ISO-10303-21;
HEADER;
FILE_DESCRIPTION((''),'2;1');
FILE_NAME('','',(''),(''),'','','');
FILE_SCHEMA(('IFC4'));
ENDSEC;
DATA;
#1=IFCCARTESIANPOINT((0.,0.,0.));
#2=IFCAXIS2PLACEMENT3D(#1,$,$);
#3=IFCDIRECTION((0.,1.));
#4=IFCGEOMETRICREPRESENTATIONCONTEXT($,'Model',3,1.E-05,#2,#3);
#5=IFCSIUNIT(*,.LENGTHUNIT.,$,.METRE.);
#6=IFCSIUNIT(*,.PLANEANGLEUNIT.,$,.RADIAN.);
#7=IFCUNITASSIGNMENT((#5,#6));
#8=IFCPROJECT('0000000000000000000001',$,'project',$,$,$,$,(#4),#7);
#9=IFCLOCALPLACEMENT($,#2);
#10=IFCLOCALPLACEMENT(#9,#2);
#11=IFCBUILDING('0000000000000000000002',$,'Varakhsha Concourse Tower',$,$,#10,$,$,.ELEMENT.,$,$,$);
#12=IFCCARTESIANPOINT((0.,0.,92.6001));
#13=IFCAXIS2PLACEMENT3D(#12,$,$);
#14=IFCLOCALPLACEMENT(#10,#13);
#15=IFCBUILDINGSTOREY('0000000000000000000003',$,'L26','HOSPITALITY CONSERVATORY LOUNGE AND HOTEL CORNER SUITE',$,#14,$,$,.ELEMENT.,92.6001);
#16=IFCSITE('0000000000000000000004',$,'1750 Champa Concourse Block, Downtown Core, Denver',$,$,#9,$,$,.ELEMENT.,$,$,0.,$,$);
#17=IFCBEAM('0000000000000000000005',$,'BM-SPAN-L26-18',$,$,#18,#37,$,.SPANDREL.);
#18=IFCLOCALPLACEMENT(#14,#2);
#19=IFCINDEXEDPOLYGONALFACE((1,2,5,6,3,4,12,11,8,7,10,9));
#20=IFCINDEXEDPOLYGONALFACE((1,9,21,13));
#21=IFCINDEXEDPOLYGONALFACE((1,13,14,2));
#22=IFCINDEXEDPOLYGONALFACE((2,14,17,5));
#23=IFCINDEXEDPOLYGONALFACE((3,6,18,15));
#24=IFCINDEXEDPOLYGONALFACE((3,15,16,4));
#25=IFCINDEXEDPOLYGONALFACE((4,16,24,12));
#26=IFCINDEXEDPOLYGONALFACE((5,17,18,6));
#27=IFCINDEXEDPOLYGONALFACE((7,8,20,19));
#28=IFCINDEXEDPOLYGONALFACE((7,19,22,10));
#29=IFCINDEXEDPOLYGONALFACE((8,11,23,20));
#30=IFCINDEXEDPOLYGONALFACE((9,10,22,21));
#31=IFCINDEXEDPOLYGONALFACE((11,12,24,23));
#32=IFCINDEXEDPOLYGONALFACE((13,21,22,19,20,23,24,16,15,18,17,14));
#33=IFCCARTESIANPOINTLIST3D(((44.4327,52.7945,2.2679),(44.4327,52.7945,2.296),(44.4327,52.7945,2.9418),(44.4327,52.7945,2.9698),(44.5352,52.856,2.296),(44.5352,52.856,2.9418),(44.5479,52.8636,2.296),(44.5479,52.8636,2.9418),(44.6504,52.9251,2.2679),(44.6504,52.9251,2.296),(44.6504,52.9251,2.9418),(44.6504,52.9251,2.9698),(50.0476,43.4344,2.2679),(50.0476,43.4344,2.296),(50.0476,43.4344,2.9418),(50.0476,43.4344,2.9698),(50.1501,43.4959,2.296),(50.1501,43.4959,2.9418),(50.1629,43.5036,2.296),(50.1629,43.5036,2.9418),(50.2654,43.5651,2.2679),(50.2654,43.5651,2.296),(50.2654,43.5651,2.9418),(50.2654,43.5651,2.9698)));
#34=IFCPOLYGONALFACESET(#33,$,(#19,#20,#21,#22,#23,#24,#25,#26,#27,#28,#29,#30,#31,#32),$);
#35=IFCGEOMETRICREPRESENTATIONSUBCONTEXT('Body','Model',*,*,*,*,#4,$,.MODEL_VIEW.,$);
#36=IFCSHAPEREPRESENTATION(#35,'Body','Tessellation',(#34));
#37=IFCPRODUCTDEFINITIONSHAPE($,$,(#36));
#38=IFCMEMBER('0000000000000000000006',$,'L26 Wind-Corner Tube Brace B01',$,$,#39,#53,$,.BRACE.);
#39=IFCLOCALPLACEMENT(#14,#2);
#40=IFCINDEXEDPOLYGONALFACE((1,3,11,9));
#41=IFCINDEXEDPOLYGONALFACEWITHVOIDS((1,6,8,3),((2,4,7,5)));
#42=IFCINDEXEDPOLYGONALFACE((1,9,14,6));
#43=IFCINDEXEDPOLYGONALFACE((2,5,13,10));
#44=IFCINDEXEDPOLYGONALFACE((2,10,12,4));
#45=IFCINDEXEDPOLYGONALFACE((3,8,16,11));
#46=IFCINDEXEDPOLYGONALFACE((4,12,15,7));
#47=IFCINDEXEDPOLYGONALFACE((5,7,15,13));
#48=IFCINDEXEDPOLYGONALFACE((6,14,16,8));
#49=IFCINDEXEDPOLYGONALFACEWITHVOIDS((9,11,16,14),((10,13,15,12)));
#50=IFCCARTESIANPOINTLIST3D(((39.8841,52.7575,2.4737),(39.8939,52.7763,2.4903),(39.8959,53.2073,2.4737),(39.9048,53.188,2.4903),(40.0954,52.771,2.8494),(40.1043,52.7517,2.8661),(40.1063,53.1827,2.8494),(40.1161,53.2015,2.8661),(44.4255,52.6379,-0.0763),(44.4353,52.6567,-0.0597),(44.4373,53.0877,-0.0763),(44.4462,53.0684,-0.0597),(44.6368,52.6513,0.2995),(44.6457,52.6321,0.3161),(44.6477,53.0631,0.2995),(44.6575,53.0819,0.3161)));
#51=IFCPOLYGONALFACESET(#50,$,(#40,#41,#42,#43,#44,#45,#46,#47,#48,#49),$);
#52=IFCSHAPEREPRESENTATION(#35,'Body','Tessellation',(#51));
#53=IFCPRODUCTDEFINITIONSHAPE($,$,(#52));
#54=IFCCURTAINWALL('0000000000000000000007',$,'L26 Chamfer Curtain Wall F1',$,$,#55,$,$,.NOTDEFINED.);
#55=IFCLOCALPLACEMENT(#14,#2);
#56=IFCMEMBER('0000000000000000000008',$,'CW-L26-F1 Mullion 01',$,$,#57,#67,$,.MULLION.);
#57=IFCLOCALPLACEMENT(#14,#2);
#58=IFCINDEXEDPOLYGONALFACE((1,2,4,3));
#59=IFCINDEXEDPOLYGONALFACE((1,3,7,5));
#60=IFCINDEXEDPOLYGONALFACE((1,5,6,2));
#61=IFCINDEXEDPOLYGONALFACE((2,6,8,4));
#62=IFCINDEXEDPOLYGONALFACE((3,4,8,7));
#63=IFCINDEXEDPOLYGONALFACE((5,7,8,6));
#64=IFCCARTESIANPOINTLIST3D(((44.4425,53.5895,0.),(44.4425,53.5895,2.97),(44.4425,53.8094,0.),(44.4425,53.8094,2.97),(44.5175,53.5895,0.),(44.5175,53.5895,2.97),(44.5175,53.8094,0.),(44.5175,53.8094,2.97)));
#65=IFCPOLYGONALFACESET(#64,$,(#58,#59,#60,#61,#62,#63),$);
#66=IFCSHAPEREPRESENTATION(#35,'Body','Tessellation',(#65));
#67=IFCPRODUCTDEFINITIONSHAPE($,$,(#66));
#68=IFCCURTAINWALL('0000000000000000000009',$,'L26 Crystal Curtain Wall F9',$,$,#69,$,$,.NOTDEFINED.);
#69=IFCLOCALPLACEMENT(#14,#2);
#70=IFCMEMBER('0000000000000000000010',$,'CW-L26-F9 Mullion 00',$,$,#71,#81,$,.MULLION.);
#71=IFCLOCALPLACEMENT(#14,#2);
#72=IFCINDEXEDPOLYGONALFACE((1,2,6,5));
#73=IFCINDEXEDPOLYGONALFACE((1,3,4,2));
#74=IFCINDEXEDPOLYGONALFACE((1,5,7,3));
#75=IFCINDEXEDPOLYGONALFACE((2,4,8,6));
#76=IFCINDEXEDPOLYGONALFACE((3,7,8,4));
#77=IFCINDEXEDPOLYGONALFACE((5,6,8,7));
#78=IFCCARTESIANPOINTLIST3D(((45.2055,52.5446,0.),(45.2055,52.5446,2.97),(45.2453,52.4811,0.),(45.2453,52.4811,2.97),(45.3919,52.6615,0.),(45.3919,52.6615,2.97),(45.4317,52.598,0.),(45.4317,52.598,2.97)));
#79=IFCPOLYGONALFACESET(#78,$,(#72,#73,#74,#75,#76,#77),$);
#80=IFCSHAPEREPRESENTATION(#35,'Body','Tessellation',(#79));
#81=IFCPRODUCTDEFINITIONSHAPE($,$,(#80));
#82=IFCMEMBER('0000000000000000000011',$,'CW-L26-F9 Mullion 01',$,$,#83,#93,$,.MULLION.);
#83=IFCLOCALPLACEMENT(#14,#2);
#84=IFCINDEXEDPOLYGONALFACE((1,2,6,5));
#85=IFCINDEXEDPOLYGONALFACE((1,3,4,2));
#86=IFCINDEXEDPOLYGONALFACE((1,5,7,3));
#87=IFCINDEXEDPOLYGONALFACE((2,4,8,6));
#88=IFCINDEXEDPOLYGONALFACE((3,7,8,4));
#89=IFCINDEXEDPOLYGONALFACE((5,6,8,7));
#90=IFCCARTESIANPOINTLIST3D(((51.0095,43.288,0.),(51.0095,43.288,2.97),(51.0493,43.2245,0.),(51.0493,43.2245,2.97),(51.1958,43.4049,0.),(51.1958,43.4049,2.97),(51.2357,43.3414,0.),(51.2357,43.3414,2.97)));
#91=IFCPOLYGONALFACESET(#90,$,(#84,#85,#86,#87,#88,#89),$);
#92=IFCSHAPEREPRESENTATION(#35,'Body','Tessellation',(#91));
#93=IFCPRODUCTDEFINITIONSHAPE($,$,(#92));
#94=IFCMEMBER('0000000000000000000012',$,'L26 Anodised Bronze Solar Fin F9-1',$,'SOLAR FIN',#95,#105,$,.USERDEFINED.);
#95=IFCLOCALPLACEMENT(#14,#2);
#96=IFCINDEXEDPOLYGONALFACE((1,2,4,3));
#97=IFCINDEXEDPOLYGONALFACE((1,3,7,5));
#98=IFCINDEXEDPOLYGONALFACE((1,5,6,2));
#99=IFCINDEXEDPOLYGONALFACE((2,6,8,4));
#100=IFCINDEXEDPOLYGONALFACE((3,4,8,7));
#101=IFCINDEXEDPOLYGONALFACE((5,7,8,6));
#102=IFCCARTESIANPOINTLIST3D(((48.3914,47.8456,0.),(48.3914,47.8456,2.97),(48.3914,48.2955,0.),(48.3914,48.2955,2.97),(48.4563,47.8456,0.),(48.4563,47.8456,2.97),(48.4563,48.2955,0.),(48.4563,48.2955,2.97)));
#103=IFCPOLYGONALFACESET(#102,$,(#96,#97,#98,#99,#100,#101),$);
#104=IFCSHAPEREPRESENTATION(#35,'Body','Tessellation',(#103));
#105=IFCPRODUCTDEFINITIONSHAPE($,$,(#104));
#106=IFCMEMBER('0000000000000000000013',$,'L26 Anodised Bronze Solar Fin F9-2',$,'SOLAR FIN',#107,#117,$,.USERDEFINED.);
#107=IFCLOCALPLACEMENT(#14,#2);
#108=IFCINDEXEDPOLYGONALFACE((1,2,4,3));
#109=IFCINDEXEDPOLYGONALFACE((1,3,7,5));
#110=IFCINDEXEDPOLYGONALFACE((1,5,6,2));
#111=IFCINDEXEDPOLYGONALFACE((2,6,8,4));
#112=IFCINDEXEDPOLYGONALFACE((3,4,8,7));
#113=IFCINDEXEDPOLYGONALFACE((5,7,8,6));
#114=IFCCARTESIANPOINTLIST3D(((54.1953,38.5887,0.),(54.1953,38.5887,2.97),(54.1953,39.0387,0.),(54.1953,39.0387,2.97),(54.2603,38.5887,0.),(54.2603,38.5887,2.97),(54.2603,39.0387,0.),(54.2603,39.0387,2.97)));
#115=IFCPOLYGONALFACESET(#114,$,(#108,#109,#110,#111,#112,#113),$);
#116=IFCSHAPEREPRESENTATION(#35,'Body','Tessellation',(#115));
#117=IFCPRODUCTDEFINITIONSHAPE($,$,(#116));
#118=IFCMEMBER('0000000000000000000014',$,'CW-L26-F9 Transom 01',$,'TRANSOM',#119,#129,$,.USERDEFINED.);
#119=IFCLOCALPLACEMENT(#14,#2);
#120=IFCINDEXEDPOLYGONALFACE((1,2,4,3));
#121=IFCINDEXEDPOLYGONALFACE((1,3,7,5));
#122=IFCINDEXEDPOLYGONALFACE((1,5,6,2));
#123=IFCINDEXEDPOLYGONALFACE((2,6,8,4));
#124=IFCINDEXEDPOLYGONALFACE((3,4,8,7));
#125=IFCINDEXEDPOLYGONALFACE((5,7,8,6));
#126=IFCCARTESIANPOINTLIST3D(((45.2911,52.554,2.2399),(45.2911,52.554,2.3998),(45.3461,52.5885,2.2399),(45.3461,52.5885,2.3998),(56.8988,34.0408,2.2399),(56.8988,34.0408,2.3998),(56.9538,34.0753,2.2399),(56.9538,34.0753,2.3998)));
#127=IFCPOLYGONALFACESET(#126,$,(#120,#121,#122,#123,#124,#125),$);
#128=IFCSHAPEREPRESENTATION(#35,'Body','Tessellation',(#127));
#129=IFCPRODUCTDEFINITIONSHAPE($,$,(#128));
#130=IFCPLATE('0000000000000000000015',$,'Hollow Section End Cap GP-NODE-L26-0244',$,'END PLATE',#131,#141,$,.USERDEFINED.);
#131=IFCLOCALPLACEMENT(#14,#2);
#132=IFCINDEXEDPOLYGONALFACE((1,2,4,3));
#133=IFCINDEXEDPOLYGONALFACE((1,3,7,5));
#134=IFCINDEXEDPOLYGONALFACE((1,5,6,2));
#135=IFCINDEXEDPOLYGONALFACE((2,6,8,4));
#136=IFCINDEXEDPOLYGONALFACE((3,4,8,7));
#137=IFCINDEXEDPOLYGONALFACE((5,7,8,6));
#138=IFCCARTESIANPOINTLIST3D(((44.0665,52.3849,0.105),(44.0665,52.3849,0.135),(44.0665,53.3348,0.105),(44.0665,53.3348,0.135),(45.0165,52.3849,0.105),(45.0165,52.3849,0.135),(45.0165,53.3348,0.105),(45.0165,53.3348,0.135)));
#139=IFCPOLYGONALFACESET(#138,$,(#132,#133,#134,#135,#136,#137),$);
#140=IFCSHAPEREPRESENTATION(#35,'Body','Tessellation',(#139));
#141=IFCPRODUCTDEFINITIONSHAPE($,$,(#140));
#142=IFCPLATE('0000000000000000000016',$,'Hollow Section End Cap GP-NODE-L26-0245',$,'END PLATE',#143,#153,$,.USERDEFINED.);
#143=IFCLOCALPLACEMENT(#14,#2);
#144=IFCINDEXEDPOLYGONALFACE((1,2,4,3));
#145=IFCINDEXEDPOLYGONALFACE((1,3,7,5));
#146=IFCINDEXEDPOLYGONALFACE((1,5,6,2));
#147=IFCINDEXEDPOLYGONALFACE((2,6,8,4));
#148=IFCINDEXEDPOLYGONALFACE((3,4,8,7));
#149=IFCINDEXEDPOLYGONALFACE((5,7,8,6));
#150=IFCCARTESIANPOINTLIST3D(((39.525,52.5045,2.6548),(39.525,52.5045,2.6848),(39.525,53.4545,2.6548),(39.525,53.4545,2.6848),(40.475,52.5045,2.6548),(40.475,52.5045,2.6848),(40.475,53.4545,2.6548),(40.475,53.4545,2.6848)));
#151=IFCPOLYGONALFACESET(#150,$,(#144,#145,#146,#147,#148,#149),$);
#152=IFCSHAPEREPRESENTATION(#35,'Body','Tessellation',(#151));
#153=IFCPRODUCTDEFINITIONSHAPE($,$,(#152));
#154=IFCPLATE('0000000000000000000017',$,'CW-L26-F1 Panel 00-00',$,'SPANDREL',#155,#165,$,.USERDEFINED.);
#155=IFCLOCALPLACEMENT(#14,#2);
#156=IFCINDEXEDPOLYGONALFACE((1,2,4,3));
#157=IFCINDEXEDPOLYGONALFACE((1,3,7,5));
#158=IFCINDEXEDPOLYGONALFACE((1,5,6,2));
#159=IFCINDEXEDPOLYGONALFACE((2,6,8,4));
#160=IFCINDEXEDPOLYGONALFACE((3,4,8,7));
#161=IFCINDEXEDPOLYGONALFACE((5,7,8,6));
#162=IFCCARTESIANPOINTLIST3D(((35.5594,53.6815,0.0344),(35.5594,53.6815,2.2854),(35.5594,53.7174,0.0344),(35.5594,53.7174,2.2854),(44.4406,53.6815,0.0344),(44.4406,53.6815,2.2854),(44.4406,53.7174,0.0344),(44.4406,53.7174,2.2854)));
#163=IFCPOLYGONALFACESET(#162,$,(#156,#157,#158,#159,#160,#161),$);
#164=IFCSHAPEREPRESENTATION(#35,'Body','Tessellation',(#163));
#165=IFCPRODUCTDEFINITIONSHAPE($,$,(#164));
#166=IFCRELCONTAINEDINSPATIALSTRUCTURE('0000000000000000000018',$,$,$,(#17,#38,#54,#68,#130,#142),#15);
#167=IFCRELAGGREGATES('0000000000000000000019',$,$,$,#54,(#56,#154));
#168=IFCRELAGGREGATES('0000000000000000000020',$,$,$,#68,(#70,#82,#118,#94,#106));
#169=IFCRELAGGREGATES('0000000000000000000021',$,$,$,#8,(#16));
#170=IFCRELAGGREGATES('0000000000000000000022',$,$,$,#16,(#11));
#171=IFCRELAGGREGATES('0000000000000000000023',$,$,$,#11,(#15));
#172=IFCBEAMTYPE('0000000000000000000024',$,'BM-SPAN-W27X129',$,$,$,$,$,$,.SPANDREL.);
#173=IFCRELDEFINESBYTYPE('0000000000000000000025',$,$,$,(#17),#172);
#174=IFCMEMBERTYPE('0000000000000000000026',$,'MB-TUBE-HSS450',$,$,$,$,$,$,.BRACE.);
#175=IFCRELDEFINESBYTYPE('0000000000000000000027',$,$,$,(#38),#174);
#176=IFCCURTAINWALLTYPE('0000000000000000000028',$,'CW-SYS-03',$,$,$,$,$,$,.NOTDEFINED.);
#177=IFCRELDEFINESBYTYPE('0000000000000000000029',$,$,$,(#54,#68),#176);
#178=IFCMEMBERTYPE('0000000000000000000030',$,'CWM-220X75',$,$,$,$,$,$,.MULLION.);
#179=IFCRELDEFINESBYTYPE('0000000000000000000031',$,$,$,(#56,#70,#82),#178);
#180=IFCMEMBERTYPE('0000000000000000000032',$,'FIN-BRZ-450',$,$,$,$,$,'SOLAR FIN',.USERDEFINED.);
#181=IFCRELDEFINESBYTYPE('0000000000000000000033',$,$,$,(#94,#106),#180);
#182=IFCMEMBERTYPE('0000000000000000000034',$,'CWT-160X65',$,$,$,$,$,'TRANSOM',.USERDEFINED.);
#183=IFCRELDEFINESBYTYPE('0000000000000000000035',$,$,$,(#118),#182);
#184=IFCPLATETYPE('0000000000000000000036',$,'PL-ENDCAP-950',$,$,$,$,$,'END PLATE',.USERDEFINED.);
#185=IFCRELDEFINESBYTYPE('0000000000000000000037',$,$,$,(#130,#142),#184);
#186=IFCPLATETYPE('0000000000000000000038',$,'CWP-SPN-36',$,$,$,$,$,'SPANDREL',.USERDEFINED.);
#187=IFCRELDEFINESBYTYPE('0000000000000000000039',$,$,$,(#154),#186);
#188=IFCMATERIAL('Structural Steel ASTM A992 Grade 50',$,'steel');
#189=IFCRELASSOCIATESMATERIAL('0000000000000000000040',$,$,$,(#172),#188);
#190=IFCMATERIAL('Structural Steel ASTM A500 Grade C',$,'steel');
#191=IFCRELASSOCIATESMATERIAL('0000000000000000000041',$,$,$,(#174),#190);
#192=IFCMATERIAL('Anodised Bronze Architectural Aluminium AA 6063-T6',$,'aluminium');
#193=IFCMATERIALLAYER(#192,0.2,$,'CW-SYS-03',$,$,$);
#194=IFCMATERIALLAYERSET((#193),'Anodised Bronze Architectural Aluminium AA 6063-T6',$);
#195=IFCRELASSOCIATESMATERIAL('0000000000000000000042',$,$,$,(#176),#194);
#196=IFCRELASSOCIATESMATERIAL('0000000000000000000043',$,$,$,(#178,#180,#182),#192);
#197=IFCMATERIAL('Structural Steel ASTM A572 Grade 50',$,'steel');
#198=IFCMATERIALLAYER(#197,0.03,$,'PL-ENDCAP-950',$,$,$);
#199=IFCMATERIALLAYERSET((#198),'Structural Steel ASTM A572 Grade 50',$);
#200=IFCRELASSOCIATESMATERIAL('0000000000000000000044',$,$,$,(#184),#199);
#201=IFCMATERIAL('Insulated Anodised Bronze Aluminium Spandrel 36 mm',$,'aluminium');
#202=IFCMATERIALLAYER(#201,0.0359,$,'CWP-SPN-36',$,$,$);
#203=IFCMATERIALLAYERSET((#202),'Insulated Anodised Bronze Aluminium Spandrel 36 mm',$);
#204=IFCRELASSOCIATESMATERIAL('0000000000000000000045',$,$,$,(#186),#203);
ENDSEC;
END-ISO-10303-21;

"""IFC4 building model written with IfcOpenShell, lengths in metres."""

from ifc_helpers import new_model, si_unit, direction, frame, origin, origin_2d, place, context, subcontext, project, spatial, rectangle, hollow_rectangle, i_section, extrude, source, transform, mapped, material, layer, layer_set, material_profile, profile_set, type_object, type_shapes, element, aggregate, save


model = new_model("IFC4")

# Units and contexts
model_context = context("Model", 3, precision=1e-05, world=origin(), true_north=direction((0.0, 1.0)))
body_context = subcontext(model_context, "Body", "Model", "MODEL_VIEW")
ifc_project = project(units=[si_unit("LENGTHUNIT", "METRE"), si_unit("PLANEANGLEUNIT", "RADIAN")], contexts=[model_context])

# Site, building, storey
site_placement = place(None, origin())
site = spatial("IfcSite", under=ifc_project, at=site_placement, Name="1750 Champa Concourse Block, Downtown Core, Denver", CompositionType="ELEMENT", RefElevation=0.0)
building_placement = place(site_placement, origin())
building = spatial("IfcBuilding", under=site, at=building_placement, Name="Varakhsha Concourse Tower", CompositionType="ELEMENT")
storey_placement = place(building_placement, frame((0.0, 0.0, 92.6001)))
storey = spatial("IfcBuildingStorey", under=building, at=storey_placement, Name="L26", Description="HOSPITALITY CONSERVATORY LOUNGE AND HOTEL CORNER SUITE", CompositionType="ELEMENT", Elevation=92.6001)

# Shared definitions
ifc_material_1 = material(Name="Structural Steel ASTM A992 Grade 50", Category="steel")
ifc_material_2 = material(Name="Structural Steel ASTM A572 Grade 50", Category="steel")

# Beam
ifc_material_profile_1 = material_profile(ifc_material_1, i_section(OverallWidth=0.2539, OverallDepth=0.7019, WebThickness=0.0149, FlangeThickness=0.0281, at=origin_2d()), Name="W27X129")
ifc_profile_set_1 = profile_set([ifc_material_profile_1], Name="Structural Steel ASTM A992 Grade 50")
beam_type_1 = type_object("IfcBeamType", Name="BM-SPAN-W27X129", PredefinedType="SPANDREL", material=ifc_profile_set_1)
beam_1_placement = place(storey_placement, frame((50.1565, 43.4998, 2.6189), z_axis=(-0.514423, 0.857536, 0.0), x_axis=(-0.857536, -0.514423, 0.0)))
element("IfcBeam", 1, at=beam_1_placement, inside=storey, type_object=beam_type_1, Name="BM-SPAN-L26-18", PredefinedType="SPANDREL", context=body_context, shape_type="SweptSolid", body=[
    extrude(i_section(OverallWidth=0.2539, OverallDepth=0.7019, WebThickness=0.0149, FlangeThickness=0.0281, at=origin_2d()), origin(), (0.0, 0.0, 1.0), 10.915),
])

# Member
ifc_material_3 = material(Name="Structural Steel ASTM A500 Grade C", Category="steel")
ifc_material_profile_2 = material_profile(ifc_material_3, hollow_rectangle(XDim=0.45, YDim=0.45, WallThickness=0.019, at=origin_2d()), Name="HSS 450x450x19")
ifc_profile_set_2 = profile_set([ifc_material_profile_2], Name="Structural Steel ASTM A500 Grade C")
member_type_1 = type_object("IfcMemberType", Name="MB-TUBE-HSS450", PredefinedType="BRACE", material=ifc_profile_set_2)
shared_shape_1 = source(origin(), body_context, "Body", "SweptSolid", [
    extrude(hollow_rectangle(XDim=0.45, YDim=0.45, WallThickness=0.019, at=origin_2d()), origin(), (0.0, 0.0, 1.0), 5.2097),
])
type_shapes(member_type_1, [shared_shape_1])
member_1_placement = place(storey_placement, frame((44.5415, 52.8599, 0.1199), z_axis=(-0.871718, 0.022962, 0.489469), x_axis=(-0.026332, -0.999653, 0.0)))
element("IfcMember", 2, at=member_1_placement, inside=storey, type_object=member_type_1, Name="L26 Wind-Corner Tube Brace B01", PredefinedType="BRACE", context=body_context, shape_type="MappedRepresentation", body=[
    mapped(shared_shape_1, transform((0.0, 0.0, 0.0), scale=1.0)),
])

# Curtain wall, member
ifc_material_4 = material(Name="Anodised Bronze Architectural Aluminium AA 6063-T6", Category="aluminium")
ifc_layer_1 = layer(ifc_material_4, 0.2, Name="CW-SYS-03")
ifc_layer_set_1 = layer_set([ifc_layer_1], Name="Anodised Bronze Architectural Aluminium AA 6063-T6")
curtain_wall_type = type_object("IfcCurtainWallType", Name="CW-SYS-03", PredefinedType="NOTDEFINED", material=ifc_layer_set_1)
curtain_wall_1_placement = place(storey_placement, origin())
curtain_wall_1 = element("IfcCurtainWall", 3, at=curtain_wall_1_placement, inside=storey, type_object=curtain_wall_type, Name="L26 Chamfer Curtain Wall F1", PredefinedType="NOTDEFINED")
ifc_material_profile_3 = material_profile(ifc_material_4, rectangle(XDim=0.075, YDim=0.22, at=origin_2d()), Name="CWM-220X75")
ifc_profile_set_3 = profile_set([ifc_material_profile_3], Name="Anodised Bronze Architectural Aluminium AA 6063-T6")
member_type_2 = type_object("IfcMemberType", Name="CWM-220X75", PredefinedType="MULLION", material=ifc_profile_set_3)
shared_shape_2 = source(origin(), body_context, "Body", "SweptSolid", [
    extrude(rectangle(XDim=0.075, YDim=0.22, at=origin_2d()), origin(), (0.0, 0.0, 1.0), 2.97),
])
type_shapes(member_type_2, [shared_shape_2])
member_2_placement = place(storey_placement, frame((44.48, 53.6995, 0.0), z_axis=(0.0, 0.0, 1.0), x_axis=(1.0, 0.0, 0.0)))
member_2 = element("IfcMember", 4, at=member_2_placement, type_object=member_type_2, Name="CW-L26-F1 Mullion 01", PredefinedType="MULLION", context=body_context, shape_type="MappedRepresentation", body=[
    mapped(shared_shape_2, transform((0.0, 0.0, 0.0), scale=1.0)),
])

# Curtain wall, members
curtain_wall_2_placement = place(storey_placement, origin())
curtain_wall_2 = element("IfcCurtainWall", 5, at=curtain_wall_2_placement, inside=storey, type_object=curtain_wall_type, Name="L26 Crystal Curtain Wall F9", PredefinedType="NOTDEFINED")
member_3_placement = place(storey_placement, frame((45.3186, 52.5713, 0.0), z_axis=(0.0, 0.0, 1.0), x_axis=(0.531209, -0.847241, 0.0)))
member_3 = element("IfcMember", 6, at=member_3_placement, type_object=member_type_2, Name="CW-L26-F9 Mullion 00", PredefinedType="MULLION", context=body_context, shape_type="MappedRepresentation", body=[
    mapped(shared_shape_2, transform((0.0, 0.0, 0.0), scale=1.0)),
])
member_4_placement = place(storey_placement, frame((51.1226, 43.3147, 0.0), z_axis=(0.0, 0.0, 1.0), x_axis=(0.531209, -0.847241, 0.0)))
member_4 = element("IfcMember", 7, at=member_4_placement, type_object=member_type_2, Name="CW-L26-F9 Mullion 01", PredefinedType="MULLION", context=body_context, shape_type="MappedRepresentation", body=[
    mapped(shared_shape_2, transform((0.0, 0.0, 0.0), scale=1.0)),
])
ifc_material_profile_4 = material_profile(ifc_material_4, rectangle(XDim=0.0649, YDim=0.45, at=origin_2d()), Name="FIN-BRZ-450")
ifc_profile_set_4 = profile_set([ifc_material_profile_4], Name="Anodised Bronze Architectural Aluminium AA 6063-T6")
member_type_3 = type_object("IfcMemberType", Name="FIN-BRZ-450", ElementType="SOLAR FIN", PredefinedType="USERDEFINED", material=ifc_profile_set_4)
shared_shape_3 = source(origin(), body_context, "Body", "SweptSolid", [
    extrude(rectangle(XDim=0.0649, YDim=0.45, at=origin_2d()), origin(), (0.0, 0.0, 1.0), 2.97),
])
type_shapes(member_type_3, [shared_shape_3])
member_5_placement = place(storey_placement, frame((48.4238, 48.0706, 0.0), z_axis=(0.0, 0.0, 1.0), x_axis=(1.0, 0.0, 0.0)))
member_5 = element("IfcMember", 8, at=member_5_placement, type_object=member_type_3, Name="L26 Anodised Bronze Solar Fin F9-1", ObjectType="SOLAR FIN", PredefinedType="USERDEFINED", context=body_context, shape_type="MappedRepresentation", body=[
    mapped(shared_shape_3, transform((0.0, 0.0, 0.0), scale=1.0)),
])
member_6_placement = place(storey_placement, frame((54.2278, 38.8137, 0.0), z_axis=(0.0, 0.0, 1.0), x_axis=(1.0, 0.0, 0.0)))
member_6 = element("IfcMember", 9, at=member_6_placement, type_object=member_type_3, Name="L26 Anodised Bronze Solar Fin F9-2", ObjectType="SOLAR FIN", PredefinedType="USERDEFINED", context=body_context, shape_type="MappedRepresentation", body=[
    mapped(shared_shape_3, transform((0.0, 0.0, 0.0), scale=1.0)),
])
ifc_material_profile_5 = material_profile(ifc_material_4, rectangle(XDim=0.0649, YDim=0.1599, at=origin_2d()), Name="CWT-160X65")
ifc_profile_set_5 = profile_set([ifc_material_profile_5], Name="Anodised Bronze Architectural Aluminium AA 6063-T6")
member_type_4 = type_object("IfcMemberType", Name="CWT-160X65", ElementType="TRANSOM", PredefinedType="USERDEFINED", material=ifc_profile_set_5)
shared_shape_4 = source(origin(), body_context, "Body", "SweptSolid", [
    extrude(rectangle(XDim=0.0649, YDim=0.1599, at=origin_2d()), origin(), (0.0, 0.0, 1.0), 21.8513),
])
type_shapes(member_type_4, [shared_shape_4])
member_7_placement = place(storey_placement, frame((45.3186, 52.5713, 2.3198), z_axis=(0.531214, -0.847238, 0.0), x_axis=(0.847238, 0.531214, 0.0)))
member_7 = element("IfcMember", 10, at=member_7_placement, type_object=member_type_4, Name="CW-L26-F9 Transom 01", ObjectType="TRANSOM", PredefinedType="USERDEFINED", context=body_context, shape_type="MappedRepresentation", body=[
    mapped(shared_shape_4, transform((0.0, 0.0, 0.0), scale=1.0)),
])

# Plates
ifc_layer_2 = layer(ifc_material_2, 0.03, Name="PL-ENDCAP-950")
ifc_layer_set_2 = layer_set([ifc_layer_2], Name="Structural Steel ASTM A572 Grade 50")
plate_type_1 = type_object("IfcPlateType", Name="PL-ENDCAP-950", ElementType="END PLATE", PredefinedType="USERDEFINED", material=ifc_layer_set_2)
shared_shape_5 = source(origin(), body_context, "Body", "SweptSolid", [
    extrude(rectangle(XDim=0.95, YDim=0.95, at=origin_2d()), origin(), (0.0, 0.0, 1.0), 0.03),
])
type_shapes(plate_type_1, [shared_shape_5])
for number, where, z_axis, x_axis, name in (
    (11, (44.5415, 52.8599, 0.105), (0.0, 0.0, 1.0), (1.0, 0.0, 0.0), "Hollow Section End Cap GP-NODE-L26-0244"),
    (12, (40.0, 52.9795, 2.6548), (0.0, 0.0, 1.0), (1.0, 0.0, 0.0), "Hollow Section End Cap GP-NODE-L26-0245"),
):
    element("IfcPlate", number, at=place(storey_placement, frame(where, z_axis=z_axis, x_axis=x_axis)), inside=storey, type_object=plate_type_1, Name=name, ObjectType="END PLATE", PredefinedType="USERDEFINED", context=body_context, shape_type="MappedRepresentation", body=[
        mapped(shared_shape_5, transform((0.0, 0.0, 0.0), scale=1.0)),
    ])

# Plate
ifc_material_5 = material(Name="Insulated Anodised Bronze Aluminium Spandrel 36 mm", Category="aluminium")
ifc_layer_3 = layer(ifc_material_5, 0.0359, Name="CWP-SPN-36")
ifc_layer_set_3 = layer_set([ifc_layer_3], Name="Insulated Anodised Bronze Aluminium Spandrel 36 mm")
plate_type_2 = type_object("IfcPlateType", Name="CWP-SPN-36", ElementType="SPANDREL", PredefinedType="USERDEFINED", material=ifc_layer_set_3)
shared_shape_6 = source(origin(), body_context, "Body", "SweptSolid", [
    extrude(rectangle(XDim=8.8811, YDim=0.0359, at=origin_2d()), origin(), (0.0, 0.0, 1.0), 2.251),
])
type_shapes(plate_type_2, [shared_shape_6])
plate_1_placement = place(storey_placement, frame((40.0, 53.6995, 0.0344), z_axis=(0.0, 0.0, 1.0), x_axis=(1.0, 0.0, 0.0)))
plate_1 = element("IfcPlate", 13, at=plate_1_placement, type_object=plate_type_2, Name="CW-L26-F1 Panel 00-00", ObjectType="SPANDREL", PredefinedType="USERDEFINED", context=body_context, shape_type="MappedRepresentation", body=[
    mapped(shared_shape_6, transform((0.0, 0.0, 0.0), scale=1.0)),
])
aggregate(curtain_wall_1, [member_2, plate_1])
aggregate(curtain_wall_2, [member_3, member_4, member_7, member_5, member_6])

save(model, "model.ifc")
